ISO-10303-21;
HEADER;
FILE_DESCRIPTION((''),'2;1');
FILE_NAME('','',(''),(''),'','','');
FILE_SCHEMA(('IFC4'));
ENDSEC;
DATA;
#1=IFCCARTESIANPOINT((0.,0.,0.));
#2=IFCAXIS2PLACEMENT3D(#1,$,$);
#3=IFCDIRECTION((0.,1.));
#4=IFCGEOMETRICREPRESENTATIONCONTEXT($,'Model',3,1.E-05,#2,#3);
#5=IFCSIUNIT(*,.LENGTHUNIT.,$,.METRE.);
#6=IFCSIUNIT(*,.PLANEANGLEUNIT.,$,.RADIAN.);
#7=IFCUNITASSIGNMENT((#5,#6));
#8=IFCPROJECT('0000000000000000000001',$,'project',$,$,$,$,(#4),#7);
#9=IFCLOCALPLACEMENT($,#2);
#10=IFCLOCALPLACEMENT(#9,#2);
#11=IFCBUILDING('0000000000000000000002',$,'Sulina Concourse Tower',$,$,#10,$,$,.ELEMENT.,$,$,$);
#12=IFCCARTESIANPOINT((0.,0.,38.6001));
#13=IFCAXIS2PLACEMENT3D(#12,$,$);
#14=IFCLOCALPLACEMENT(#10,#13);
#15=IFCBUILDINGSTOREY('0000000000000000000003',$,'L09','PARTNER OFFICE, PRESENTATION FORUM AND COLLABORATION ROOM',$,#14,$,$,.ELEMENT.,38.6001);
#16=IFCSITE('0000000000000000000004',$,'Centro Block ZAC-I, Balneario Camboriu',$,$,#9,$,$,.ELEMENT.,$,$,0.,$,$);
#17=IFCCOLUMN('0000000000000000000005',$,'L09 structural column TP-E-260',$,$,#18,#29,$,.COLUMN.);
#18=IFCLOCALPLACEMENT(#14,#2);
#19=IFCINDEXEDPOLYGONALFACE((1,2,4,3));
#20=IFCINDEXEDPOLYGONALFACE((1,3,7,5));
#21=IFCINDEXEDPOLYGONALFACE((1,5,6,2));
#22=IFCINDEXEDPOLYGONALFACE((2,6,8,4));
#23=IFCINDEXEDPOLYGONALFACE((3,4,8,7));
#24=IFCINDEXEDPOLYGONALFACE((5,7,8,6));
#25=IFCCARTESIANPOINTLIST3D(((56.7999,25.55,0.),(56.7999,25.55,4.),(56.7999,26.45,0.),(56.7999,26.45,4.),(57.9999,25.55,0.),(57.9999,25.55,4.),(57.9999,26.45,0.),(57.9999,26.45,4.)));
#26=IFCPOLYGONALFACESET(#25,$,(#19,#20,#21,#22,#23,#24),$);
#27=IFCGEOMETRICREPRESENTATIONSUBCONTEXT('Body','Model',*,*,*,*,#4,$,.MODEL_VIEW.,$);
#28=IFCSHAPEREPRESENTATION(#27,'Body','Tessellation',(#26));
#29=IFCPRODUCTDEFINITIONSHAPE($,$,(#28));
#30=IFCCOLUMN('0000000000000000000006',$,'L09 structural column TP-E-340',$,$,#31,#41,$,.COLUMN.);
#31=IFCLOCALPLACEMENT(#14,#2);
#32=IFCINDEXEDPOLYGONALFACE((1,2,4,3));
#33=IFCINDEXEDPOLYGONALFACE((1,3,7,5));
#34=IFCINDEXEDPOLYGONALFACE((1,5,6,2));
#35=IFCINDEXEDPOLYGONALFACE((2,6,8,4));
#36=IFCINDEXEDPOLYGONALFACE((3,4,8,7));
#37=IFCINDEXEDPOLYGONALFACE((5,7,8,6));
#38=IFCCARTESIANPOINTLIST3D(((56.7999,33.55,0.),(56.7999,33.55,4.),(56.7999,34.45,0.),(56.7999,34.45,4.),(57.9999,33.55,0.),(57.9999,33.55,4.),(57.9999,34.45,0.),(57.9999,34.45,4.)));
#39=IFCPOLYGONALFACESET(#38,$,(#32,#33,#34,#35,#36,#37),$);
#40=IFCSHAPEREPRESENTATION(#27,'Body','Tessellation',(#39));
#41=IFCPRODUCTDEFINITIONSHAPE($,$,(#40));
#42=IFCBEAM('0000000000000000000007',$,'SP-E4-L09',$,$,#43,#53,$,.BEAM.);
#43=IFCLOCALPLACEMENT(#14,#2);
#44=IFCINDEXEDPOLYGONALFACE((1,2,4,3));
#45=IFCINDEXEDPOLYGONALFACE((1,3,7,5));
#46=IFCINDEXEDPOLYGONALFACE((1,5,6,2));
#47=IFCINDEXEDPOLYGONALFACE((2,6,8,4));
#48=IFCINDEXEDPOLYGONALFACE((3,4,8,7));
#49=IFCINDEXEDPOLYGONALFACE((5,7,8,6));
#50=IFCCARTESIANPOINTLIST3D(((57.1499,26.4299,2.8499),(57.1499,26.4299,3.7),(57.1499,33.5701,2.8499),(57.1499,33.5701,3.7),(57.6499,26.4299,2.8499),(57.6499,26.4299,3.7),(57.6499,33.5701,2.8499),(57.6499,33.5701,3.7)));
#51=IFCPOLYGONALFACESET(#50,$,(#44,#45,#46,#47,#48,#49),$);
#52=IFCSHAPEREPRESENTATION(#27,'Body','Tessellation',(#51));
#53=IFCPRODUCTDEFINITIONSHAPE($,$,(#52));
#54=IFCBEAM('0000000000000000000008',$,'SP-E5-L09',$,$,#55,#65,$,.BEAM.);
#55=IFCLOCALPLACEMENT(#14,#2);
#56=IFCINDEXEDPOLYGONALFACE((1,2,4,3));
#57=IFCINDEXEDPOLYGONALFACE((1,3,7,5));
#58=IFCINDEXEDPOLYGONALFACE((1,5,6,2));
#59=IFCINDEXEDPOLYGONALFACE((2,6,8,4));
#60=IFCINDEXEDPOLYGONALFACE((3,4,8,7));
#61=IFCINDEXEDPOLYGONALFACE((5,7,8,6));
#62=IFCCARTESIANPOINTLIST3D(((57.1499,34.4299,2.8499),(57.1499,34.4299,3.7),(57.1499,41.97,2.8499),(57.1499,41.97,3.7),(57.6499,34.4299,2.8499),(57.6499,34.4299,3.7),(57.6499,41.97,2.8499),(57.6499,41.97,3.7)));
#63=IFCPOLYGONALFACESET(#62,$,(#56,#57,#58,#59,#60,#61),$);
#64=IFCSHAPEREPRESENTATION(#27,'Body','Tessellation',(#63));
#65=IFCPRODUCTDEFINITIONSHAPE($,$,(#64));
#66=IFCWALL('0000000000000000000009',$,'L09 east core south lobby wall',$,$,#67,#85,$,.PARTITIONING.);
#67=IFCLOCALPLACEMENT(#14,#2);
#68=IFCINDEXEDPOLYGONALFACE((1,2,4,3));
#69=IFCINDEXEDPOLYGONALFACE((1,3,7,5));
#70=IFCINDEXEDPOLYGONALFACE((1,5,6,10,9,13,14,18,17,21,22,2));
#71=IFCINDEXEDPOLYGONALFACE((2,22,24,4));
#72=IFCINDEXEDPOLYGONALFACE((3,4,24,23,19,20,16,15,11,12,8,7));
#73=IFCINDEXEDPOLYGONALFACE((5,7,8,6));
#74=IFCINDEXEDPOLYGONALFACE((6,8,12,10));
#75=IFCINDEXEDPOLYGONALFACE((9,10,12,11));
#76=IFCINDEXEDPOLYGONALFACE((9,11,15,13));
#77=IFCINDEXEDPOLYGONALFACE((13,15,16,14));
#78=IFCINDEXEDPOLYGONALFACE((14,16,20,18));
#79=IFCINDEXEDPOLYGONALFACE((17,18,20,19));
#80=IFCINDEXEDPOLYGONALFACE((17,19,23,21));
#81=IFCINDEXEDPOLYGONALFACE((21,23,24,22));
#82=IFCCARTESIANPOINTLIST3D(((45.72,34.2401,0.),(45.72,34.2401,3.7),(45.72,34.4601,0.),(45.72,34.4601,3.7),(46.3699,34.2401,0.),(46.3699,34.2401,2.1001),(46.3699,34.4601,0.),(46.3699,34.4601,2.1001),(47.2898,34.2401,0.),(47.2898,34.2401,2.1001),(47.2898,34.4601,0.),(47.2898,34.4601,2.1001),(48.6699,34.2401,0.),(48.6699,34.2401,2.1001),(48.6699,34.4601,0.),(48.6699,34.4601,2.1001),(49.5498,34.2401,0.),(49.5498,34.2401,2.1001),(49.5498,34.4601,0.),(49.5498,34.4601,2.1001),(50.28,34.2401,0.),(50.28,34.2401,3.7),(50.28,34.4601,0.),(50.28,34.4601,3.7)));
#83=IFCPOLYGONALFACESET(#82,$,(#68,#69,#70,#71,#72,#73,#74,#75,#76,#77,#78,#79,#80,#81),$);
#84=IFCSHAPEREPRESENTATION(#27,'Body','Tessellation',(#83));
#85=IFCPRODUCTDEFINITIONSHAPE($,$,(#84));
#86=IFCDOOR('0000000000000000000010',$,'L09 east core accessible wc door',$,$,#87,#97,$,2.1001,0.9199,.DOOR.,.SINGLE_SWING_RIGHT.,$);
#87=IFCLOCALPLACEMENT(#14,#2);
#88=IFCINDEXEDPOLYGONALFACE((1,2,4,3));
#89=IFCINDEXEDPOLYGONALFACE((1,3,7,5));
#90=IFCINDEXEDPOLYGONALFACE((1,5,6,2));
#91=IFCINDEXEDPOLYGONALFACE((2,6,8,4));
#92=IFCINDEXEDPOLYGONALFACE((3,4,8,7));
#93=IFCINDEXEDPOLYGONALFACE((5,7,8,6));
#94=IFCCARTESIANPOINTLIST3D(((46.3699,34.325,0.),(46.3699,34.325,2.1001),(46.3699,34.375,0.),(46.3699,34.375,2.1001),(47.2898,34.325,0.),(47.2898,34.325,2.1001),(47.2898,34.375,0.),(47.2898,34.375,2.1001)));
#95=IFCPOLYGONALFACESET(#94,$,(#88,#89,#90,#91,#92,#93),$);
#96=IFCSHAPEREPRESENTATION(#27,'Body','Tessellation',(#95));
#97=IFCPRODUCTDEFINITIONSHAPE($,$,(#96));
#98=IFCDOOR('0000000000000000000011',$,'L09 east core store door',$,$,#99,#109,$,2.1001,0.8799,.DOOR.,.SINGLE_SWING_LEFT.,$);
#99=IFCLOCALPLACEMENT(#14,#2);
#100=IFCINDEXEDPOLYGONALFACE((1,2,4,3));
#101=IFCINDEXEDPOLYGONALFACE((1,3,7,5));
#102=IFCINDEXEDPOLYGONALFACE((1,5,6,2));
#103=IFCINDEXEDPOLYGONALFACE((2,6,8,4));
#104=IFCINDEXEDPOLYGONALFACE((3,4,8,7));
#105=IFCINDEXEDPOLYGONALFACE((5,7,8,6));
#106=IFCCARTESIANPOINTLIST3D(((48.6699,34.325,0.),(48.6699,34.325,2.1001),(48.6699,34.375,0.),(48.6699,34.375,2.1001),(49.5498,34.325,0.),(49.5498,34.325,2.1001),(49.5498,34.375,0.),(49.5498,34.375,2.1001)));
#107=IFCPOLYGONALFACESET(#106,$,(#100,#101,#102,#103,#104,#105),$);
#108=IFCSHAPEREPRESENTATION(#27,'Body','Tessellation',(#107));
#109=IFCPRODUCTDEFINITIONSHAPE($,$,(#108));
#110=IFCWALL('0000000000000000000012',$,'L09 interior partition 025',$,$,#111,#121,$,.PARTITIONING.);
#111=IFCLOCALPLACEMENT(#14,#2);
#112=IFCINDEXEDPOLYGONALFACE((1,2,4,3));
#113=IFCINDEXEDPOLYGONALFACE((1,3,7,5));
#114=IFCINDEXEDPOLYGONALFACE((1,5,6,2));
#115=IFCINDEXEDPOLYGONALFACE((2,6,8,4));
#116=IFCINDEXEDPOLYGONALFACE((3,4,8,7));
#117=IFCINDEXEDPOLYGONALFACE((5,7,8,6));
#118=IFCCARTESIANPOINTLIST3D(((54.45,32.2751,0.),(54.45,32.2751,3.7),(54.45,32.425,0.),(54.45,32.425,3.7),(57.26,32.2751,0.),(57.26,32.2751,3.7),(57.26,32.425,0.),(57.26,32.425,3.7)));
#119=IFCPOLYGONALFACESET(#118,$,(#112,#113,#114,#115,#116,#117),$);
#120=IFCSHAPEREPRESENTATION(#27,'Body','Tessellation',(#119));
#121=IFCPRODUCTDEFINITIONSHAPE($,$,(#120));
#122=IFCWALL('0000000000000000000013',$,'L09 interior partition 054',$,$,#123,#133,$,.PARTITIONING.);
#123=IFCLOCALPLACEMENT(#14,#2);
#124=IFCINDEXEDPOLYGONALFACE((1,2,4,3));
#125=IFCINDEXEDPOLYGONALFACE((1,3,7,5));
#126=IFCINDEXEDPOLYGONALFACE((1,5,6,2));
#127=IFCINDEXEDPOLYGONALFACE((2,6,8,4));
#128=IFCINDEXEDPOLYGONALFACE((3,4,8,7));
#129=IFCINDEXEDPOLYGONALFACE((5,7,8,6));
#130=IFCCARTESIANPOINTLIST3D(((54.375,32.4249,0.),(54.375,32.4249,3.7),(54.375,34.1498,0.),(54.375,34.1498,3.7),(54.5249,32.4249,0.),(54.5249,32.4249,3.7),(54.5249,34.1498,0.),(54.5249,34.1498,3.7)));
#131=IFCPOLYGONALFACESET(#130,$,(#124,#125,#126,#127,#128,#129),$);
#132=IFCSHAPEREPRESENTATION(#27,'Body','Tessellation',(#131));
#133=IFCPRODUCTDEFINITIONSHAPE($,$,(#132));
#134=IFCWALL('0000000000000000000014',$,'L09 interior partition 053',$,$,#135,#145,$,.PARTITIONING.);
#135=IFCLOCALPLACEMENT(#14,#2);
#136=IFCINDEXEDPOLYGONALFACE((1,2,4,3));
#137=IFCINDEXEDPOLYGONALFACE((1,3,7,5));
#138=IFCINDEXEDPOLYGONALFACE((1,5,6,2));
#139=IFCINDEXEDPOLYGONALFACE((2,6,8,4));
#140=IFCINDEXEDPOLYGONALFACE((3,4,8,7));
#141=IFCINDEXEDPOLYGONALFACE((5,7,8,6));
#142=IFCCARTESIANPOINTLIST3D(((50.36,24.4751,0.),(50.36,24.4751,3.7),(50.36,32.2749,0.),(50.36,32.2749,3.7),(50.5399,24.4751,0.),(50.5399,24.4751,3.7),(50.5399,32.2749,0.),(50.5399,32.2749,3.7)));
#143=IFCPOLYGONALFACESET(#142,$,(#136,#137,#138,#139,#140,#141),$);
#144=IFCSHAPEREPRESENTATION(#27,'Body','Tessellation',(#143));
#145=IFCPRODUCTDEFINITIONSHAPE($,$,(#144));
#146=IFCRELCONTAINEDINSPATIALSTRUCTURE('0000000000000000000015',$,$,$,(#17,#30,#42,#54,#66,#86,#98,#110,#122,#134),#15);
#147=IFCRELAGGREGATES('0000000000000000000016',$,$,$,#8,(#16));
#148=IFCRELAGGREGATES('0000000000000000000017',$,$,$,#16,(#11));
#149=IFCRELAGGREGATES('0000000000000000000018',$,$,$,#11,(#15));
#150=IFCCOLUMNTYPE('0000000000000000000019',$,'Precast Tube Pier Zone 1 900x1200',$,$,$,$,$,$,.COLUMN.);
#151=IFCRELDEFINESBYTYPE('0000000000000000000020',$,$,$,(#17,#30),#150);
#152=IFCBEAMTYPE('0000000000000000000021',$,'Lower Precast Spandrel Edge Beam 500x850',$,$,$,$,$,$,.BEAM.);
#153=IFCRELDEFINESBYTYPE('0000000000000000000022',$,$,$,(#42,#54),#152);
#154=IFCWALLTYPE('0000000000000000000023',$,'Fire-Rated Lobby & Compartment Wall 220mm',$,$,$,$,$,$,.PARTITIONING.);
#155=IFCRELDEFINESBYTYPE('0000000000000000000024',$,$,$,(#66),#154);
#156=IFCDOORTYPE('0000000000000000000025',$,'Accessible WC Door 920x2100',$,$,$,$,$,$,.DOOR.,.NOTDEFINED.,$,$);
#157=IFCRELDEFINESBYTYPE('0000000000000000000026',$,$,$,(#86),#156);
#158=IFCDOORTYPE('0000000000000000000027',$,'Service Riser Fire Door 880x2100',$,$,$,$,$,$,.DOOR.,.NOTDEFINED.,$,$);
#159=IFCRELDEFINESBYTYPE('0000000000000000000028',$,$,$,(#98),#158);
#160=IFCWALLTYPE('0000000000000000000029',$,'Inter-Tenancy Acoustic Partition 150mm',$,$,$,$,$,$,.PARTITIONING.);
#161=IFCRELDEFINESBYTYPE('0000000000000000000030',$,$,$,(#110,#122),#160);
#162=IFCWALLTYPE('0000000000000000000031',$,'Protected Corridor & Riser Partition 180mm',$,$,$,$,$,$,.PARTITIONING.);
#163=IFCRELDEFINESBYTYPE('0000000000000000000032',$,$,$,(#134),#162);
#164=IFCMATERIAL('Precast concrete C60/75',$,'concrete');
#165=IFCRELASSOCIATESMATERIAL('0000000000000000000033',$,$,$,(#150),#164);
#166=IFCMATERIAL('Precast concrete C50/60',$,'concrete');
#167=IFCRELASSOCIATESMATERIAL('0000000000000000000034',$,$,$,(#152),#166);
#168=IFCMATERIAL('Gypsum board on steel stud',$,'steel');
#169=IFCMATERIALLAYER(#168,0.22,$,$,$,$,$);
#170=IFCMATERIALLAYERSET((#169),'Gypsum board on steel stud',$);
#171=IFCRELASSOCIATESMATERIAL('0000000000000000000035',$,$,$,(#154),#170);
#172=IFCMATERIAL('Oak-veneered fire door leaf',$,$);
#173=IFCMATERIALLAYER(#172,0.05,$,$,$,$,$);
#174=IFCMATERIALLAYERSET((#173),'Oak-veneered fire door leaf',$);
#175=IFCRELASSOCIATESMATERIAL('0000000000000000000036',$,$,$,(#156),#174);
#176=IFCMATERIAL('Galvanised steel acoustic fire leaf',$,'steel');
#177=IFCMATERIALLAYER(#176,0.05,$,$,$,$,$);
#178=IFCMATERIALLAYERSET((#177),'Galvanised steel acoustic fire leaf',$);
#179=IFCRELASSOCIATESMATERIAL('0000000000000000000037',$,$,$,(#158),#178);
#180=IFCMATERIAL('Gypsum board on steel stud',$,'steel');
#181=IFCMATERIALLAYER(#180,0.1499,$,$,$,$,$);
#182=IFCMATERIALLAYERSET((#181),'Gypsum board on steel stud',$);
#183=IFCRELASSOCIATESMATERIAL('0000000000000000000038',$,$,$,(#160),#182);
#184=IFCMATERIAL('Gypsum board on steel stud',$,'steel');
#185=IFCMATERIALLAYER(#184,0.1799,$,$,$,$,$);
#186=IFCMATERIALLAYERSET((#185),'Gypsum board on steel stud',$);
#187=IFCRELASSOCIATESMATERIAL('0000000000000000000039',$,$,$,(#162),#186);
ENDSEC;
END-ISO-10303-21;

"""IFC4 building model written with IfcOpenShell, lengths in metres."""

from ifc_helpers import new_model, si_unit, direction, frame, frame_2d, origin, origin_2d, place, context, subcontext, project, spatial, rectangle, extrude, material, layer, layer_set, material_profile, profile_set, type_object, element, fill, save


model = new_model("IFC4")

# Units and contexts
model_context = context("Model", 3, precision=1e-05, world=origin(), true_north=direction((0.0, 1.0)))
body_context = subcontext(model_context, "Body", "Model", "MODEL_VIEW")
ifc_project = project(units=[si_unit("LENGTHUNIT", "METRE"), si_unit("PLANEANGLEUNIT", "RADIAN")], contexts=[model_context])

# Site, building, storey
site_placement = place(None, origin())
site = spatial("IfcSite", under=ifc_project, at=site_placement, Name="Centro Block ZAC-I, Balneario Camboriu", CompositionType="ELEMENT", RefElevation=0.0)
building_placement = place(site_placement, origin())
building = spatial("IfcBuilding", under=site, at=building_placement, Name="Sulina Concourse Tower", CompositionType="ELEMENT")
storey_placement = place(building_placement, frame((0.0, 0.0, 38.6001)))
storey = spatial("IfcBuildingStorey", under=building, at=storey_placement, Name="L09", Description="PARTNER OFFICE, PRESENTATION FORUM AND COLLABORATION ROOM", CompositionType="ELEMENT", Elevation=38.6001)

# Columns
ifc_material_1 = material(Name="Precast concrete C60/75", Category="concrete")
ifc_material_profile_1 = material_profile(ifc_material_1, rectangle(XDim=0.8999, YDim=1.2, at=origin_2d()), Name="PC 900x1200")
ifc_profile_set_1 = profile_set([ifc_material_profile_1], Name="Precast concrete C60/75")
column_type = type_object("IfcColumnType", Name="Precast Tube Pier Zone 1 900x1200", PredefinedType="COLUMN", material=ifc_profile_set_1)
for number, where, z_axis, x_axis, name in (
    (1, (57.3999, 26.0, 0.0), (0.0, 0.0, 1.0), (0.0, 1.0, 0.0), "L09 structural column TP-E-260"),
    (2, (57.3999, 34.0, 0.0), (0.0, 0.0, 1.0), (0.0, 1.0, 0.0), "L09 structural column TP-E-340"),
):
    element("IfcColumn", number, at=place(storey_placement, frame(where, z_axis=z_axis, x_axis=x_axis)), inside=storey, type_object=column_type, Name=name, PredefinedType="COLUMN", context=body_context, shape_type="SweptSolid", body=[
        extrude(rectangle(XDim=0.8999, YDim=1.2, at=origin_2d()), origin(), (0.0, 0.0, 1.0), 4.0),
    ])

# Beams
ifc_material_2 = material(Name="Precast concrete C50/60", Category="concrete")
ifc_material_profile_2 = material_profile(ifc_material_2, rectangle(XDim=0.5, YDim=0.8501, at=origin_2d()), Name="RC 500x850")
ifc_profile_set_2 = profile_set([ifc_material_profile_2], Name="Precast concrete C50/60")
beam_type = type_object("IfcBeamType", Name="Lower Precast Spandrel Edge Beam 500x850", PredefinedType="BEAM", material=ifc_profile_set_2)
beam_1_placement = place(storey_placement, frame((57.3999, 26.4299, 3.2749), z_axis=(0.0, 1.0, 0.0), x_axis=(-1.0, 0.0, 0.0)))
element("IfcBeam", 3, at=beam_1_placement, inside=storey, type_object=beam_type, Name="SP-E4-L09", PredefinedType="BEAM", context=body_context, shape_type="SweptSolid", body=[
    extrude(rectangle(XDim=0.5, YDim=0.8501, at=origin_2d()), origin(), (0.0, 0.0, 1.0), 7.1401),
])
beam_2_placement = place(storey_placement, frame((57.3999, 34.4299, 3.2749), z_axis=(0.0, 1.0, 0.0), x_axis=(-1.0, 0.0, 0.0)))
element("IfcBeam", 4, at=beam_2_placement, inside=storey, type_object=beam_type, Name="SP-E5-L09", PredefinedType="BEAM", context=body_context, shape_type="SweptSolid", body=[
    extrude(rectangle(XDim=0.5, YDim=0.8501, at=origin_2d()), origin(), (0.0, 0.0, 1.0), 7.54),
])

# Wall, openings, doors
ifc_material_3 = material(Name="Gypsum board on steel stud", Category="steel")
ifc_layer_1 = layer(ifc_material_3, 0.22)
ifc_layer_set_1 = layer_set([ifc_layer_1], Name="Gypsum board on steel stud")
wall_type_1 = type_object("IfcWallType", Name="Fire-Rated Lobby & Compartment Wall 220mm", PredefinedType="PARTITIONING", material=ifc_layer_set_1)
wall_1_placement = place(storey_placement, frame((45.72, 34.3501, 0.0), z_axis=(0.0, 0.0, 1.0), x_axis=(1.0, 0.0, 0.0)))
wall_1 = element("IfcWall", 5, at=wall_1_placement, inside=storey, type_object=wall_type_1, Name="L09 east core south lobby wall", PredefinedType="PARTITIONING", context=body_context, shape_type="SweptSolid", body=[
    extrude(rectangle(XDim=4.5601, YDim=0.22, at=frame_2d((2.28, 0.0))), origin(), (0.0, 0.0, 1.0), 3.7),
])
opening_1_placement = place(wall_1_placement, frame((0.6499, 0.0, 0.0)))
opening_1 = element("IfcOpeningElement", 6, at=opening_1_placement, cuts=wall_1, PredefinedType="OPENING", context=body_context, shape_type="SweptSolid", body=[
    extrude(rectangle(XDim=0.9199, YDim=2.1001, at=frame_2d((0.46, 1.05))), frame((0.0, 0.1199, 0.0), z_axis=(0.0, -1.0, 0.0), x_axis=(1.0, 0.0, 0.0)), (0.0, 0.0, 1.0), 0.24),
])
opening_2_placement = place(wall_1_placement, frame((2.95, 0.0, 0.0)))
opening_2 = element("IfcOpeningElement", 7, at=opening_2_placement, cuts=wall_1, PredefinedType="OPENING", context=body_context, shape_type="SweptSolid", body=[
    extrude(rectangle(XDim=0.8799, YDim=2.1001, at=frame_2d((0.4399, 1.05))), frame((0.0, 0.1199, 0.0), z_axis=(0.0, -1.0, 0.0), x_axis=(1.0, 0.0, 0.0)), (0.0, 0.0, 1.0), 0.24),
])
ifc_material_4 = material(Name="Oak-veneered fire door leaf")
ifc_layer_2 = layer(ifc_material_4, 0.05)
ifc_layer_set_2 = layer_set([ifc_layer_2], Name="Oak-veneered fire door leaf")
door_type_1 = type_object("IfcDoorType", Name="Accessible WC Door 920x2100", OperationType="NOTDEFINED", PredefinedType="DOOR", material=ifc_layer_set_2)
door_1_placement = place(opening_1_placement, origin())
door_1 = element("IfcDoor", 8, at=door_1_placement, inside=storey, type_object=door_type_1, Name="L09 east core accessible wc door", OperationType="SINGLE_SWING_RIGHT", OverallHeight=2.1001, OverallWidth=0.9199, PredefinedType="DOOR", context=body_context, shape_type="SweptSolid", body=[
    extrude(rectangle(XDim=0.9199, YDim=2.1001, at=frame_2d((0.46, 1.05))), frame((0.0, 0.0249, 0.0), z_axis=(0.0, -1.0, 0.0), x_axis=(1.0, 0.0, 0.0)), (0.0, 0.0, 1.0), 0.05),
])
fill(opening_1, door_1)
ifc_material_5 = material(Name="Galvanised steel acoustic fire leaf", Category="steel")
ifc_layer_3 = layer(ifc_material_5, 0.05)
ifc_layer_set_3 = layer_set([ifc_layer_3], Name="Galvanised steel acoustic fire leaf")
door_type_2 = type_object("IfcDoorType", Name="Service Riser Fire Door 880x2100", OperationType="NOTDEFINED", PredefinedType="DOOR", material=ifc_layer_set_3)
door_2_placement = place(opening_2_placement, origin())
door_2 = element("IfcDoor", 9, at=door_2_placement, inside=storey, type_object=door_type_2, Name="L09 east core store door", OperationType="SINGLE_SWING_LEFT", OverallHeight=2.1001, OverallWidth=0.8799, PredefinedType="DOOR", context=body_context, shape_type="SweptSolid", body=[
    extrude(rectangle(XDim=0.8799, YDim=2.1001, at=frame_2d((0.4399, 1.05))), frame((0.0, 0.0249, 0.0), z_axis=(0.0, -1.0, 0.0), x_axis=(1.0, 0.0, 0.0)), (0.0, 0.0, 1.0), 0.05),
])
fill(opening_2, door_2)

# Shared definitions
ifc_material_6 = material(Name="Gypsum board on steel stud", Category="steel")
ifc_layer_4 = layer(ifc_material_6, 0.1499)
ifc_layer_set_4 = layer_set([ifc_layer_4], Name="Gypsum board on steel stud")
wall_type_2 = type_object("IfcWallType", Name="Inter-Tenancy Acoustic Partition 150mm", PredefinedType="PARTITIONING", material=ifc_layer_set_4)

# Walls
wall_2_placement = place(storey_placement, frame((54.45, 32.3501, 0.0), z_axis=(0.0, 0.0, 1.0), x_axis=(1.0, 0.0, 0.0)))
element("IfcWall", 10, at=wall_2_placement, inside=storey, type_object=wall_type_2, Name="L09 interior partition 025", PredefinedType="PARTITIONING", context=body_context, shape_type="SweptSolid", body=[
    extrude(rectangle(XDim=2.8101, YDim=0.1499, at=frame_2d((1.405, 0.0))), origin(), (0.0, 0.0, 1.0), 3.7),
])
wall_3_placement = place(storey_placement, frame((54.45, 32.425, 0.0), z_axis=(0.0, 0.0, 1.0), x_axis=(0.0, 1.0, 0.0)))
element("IfcWall", 11, at=wall_3_placement, inside=storey, type_object=wall_type_2, Name="L09 interior partition 054", PredefinedType="PARTITIONING", context=body_context, shape_type="SweptSolid", body=[
    extrude(rectangle(XDim=1.7249, YDim=0.1499, at=frame_2d((0.8623, 0.0))), origin(), (0.0, 0.0, 1.0), 3.7),
])
ifc_material_7 = material(Name="Gypsum board on steel stud", Category="steel")
ifc_layer_5 = layer(ifc_material_7, 0.1799)
ifc_layer_set_5 = layer_set([ifc_layer_5], Name="Gypsum board on steel stud")
wall_type_3 = type_object("IfcWallType", Name="Protected Corridor & Riser Partition 180mm", PredefinedType="PARTITIONING", material=ifc_layer_set_5)
wall_4_placement = place(storey_placement, frame((50.45, 24.4751, 0.0), z_axis=(0.0, 0.0, 1.0), x_axis=(0.0, 1.0, 0.0)))
element("IfcWall", 12, at=wall_4_placement, inside=storey, type_object=wall_type_3, Name="L09 interior partition 053", PredefinedType="PARTITIONING", context=body_context, shape_type="SweptSolid", body=[
    extrude(rectangle(XDim=7.7998, YDim=0.1799, at=frame_2d((3.8999, 0.0))), origin(), (0.0, 0.0, 1.0), 3.7),
])

save(model, "model.ifc")
